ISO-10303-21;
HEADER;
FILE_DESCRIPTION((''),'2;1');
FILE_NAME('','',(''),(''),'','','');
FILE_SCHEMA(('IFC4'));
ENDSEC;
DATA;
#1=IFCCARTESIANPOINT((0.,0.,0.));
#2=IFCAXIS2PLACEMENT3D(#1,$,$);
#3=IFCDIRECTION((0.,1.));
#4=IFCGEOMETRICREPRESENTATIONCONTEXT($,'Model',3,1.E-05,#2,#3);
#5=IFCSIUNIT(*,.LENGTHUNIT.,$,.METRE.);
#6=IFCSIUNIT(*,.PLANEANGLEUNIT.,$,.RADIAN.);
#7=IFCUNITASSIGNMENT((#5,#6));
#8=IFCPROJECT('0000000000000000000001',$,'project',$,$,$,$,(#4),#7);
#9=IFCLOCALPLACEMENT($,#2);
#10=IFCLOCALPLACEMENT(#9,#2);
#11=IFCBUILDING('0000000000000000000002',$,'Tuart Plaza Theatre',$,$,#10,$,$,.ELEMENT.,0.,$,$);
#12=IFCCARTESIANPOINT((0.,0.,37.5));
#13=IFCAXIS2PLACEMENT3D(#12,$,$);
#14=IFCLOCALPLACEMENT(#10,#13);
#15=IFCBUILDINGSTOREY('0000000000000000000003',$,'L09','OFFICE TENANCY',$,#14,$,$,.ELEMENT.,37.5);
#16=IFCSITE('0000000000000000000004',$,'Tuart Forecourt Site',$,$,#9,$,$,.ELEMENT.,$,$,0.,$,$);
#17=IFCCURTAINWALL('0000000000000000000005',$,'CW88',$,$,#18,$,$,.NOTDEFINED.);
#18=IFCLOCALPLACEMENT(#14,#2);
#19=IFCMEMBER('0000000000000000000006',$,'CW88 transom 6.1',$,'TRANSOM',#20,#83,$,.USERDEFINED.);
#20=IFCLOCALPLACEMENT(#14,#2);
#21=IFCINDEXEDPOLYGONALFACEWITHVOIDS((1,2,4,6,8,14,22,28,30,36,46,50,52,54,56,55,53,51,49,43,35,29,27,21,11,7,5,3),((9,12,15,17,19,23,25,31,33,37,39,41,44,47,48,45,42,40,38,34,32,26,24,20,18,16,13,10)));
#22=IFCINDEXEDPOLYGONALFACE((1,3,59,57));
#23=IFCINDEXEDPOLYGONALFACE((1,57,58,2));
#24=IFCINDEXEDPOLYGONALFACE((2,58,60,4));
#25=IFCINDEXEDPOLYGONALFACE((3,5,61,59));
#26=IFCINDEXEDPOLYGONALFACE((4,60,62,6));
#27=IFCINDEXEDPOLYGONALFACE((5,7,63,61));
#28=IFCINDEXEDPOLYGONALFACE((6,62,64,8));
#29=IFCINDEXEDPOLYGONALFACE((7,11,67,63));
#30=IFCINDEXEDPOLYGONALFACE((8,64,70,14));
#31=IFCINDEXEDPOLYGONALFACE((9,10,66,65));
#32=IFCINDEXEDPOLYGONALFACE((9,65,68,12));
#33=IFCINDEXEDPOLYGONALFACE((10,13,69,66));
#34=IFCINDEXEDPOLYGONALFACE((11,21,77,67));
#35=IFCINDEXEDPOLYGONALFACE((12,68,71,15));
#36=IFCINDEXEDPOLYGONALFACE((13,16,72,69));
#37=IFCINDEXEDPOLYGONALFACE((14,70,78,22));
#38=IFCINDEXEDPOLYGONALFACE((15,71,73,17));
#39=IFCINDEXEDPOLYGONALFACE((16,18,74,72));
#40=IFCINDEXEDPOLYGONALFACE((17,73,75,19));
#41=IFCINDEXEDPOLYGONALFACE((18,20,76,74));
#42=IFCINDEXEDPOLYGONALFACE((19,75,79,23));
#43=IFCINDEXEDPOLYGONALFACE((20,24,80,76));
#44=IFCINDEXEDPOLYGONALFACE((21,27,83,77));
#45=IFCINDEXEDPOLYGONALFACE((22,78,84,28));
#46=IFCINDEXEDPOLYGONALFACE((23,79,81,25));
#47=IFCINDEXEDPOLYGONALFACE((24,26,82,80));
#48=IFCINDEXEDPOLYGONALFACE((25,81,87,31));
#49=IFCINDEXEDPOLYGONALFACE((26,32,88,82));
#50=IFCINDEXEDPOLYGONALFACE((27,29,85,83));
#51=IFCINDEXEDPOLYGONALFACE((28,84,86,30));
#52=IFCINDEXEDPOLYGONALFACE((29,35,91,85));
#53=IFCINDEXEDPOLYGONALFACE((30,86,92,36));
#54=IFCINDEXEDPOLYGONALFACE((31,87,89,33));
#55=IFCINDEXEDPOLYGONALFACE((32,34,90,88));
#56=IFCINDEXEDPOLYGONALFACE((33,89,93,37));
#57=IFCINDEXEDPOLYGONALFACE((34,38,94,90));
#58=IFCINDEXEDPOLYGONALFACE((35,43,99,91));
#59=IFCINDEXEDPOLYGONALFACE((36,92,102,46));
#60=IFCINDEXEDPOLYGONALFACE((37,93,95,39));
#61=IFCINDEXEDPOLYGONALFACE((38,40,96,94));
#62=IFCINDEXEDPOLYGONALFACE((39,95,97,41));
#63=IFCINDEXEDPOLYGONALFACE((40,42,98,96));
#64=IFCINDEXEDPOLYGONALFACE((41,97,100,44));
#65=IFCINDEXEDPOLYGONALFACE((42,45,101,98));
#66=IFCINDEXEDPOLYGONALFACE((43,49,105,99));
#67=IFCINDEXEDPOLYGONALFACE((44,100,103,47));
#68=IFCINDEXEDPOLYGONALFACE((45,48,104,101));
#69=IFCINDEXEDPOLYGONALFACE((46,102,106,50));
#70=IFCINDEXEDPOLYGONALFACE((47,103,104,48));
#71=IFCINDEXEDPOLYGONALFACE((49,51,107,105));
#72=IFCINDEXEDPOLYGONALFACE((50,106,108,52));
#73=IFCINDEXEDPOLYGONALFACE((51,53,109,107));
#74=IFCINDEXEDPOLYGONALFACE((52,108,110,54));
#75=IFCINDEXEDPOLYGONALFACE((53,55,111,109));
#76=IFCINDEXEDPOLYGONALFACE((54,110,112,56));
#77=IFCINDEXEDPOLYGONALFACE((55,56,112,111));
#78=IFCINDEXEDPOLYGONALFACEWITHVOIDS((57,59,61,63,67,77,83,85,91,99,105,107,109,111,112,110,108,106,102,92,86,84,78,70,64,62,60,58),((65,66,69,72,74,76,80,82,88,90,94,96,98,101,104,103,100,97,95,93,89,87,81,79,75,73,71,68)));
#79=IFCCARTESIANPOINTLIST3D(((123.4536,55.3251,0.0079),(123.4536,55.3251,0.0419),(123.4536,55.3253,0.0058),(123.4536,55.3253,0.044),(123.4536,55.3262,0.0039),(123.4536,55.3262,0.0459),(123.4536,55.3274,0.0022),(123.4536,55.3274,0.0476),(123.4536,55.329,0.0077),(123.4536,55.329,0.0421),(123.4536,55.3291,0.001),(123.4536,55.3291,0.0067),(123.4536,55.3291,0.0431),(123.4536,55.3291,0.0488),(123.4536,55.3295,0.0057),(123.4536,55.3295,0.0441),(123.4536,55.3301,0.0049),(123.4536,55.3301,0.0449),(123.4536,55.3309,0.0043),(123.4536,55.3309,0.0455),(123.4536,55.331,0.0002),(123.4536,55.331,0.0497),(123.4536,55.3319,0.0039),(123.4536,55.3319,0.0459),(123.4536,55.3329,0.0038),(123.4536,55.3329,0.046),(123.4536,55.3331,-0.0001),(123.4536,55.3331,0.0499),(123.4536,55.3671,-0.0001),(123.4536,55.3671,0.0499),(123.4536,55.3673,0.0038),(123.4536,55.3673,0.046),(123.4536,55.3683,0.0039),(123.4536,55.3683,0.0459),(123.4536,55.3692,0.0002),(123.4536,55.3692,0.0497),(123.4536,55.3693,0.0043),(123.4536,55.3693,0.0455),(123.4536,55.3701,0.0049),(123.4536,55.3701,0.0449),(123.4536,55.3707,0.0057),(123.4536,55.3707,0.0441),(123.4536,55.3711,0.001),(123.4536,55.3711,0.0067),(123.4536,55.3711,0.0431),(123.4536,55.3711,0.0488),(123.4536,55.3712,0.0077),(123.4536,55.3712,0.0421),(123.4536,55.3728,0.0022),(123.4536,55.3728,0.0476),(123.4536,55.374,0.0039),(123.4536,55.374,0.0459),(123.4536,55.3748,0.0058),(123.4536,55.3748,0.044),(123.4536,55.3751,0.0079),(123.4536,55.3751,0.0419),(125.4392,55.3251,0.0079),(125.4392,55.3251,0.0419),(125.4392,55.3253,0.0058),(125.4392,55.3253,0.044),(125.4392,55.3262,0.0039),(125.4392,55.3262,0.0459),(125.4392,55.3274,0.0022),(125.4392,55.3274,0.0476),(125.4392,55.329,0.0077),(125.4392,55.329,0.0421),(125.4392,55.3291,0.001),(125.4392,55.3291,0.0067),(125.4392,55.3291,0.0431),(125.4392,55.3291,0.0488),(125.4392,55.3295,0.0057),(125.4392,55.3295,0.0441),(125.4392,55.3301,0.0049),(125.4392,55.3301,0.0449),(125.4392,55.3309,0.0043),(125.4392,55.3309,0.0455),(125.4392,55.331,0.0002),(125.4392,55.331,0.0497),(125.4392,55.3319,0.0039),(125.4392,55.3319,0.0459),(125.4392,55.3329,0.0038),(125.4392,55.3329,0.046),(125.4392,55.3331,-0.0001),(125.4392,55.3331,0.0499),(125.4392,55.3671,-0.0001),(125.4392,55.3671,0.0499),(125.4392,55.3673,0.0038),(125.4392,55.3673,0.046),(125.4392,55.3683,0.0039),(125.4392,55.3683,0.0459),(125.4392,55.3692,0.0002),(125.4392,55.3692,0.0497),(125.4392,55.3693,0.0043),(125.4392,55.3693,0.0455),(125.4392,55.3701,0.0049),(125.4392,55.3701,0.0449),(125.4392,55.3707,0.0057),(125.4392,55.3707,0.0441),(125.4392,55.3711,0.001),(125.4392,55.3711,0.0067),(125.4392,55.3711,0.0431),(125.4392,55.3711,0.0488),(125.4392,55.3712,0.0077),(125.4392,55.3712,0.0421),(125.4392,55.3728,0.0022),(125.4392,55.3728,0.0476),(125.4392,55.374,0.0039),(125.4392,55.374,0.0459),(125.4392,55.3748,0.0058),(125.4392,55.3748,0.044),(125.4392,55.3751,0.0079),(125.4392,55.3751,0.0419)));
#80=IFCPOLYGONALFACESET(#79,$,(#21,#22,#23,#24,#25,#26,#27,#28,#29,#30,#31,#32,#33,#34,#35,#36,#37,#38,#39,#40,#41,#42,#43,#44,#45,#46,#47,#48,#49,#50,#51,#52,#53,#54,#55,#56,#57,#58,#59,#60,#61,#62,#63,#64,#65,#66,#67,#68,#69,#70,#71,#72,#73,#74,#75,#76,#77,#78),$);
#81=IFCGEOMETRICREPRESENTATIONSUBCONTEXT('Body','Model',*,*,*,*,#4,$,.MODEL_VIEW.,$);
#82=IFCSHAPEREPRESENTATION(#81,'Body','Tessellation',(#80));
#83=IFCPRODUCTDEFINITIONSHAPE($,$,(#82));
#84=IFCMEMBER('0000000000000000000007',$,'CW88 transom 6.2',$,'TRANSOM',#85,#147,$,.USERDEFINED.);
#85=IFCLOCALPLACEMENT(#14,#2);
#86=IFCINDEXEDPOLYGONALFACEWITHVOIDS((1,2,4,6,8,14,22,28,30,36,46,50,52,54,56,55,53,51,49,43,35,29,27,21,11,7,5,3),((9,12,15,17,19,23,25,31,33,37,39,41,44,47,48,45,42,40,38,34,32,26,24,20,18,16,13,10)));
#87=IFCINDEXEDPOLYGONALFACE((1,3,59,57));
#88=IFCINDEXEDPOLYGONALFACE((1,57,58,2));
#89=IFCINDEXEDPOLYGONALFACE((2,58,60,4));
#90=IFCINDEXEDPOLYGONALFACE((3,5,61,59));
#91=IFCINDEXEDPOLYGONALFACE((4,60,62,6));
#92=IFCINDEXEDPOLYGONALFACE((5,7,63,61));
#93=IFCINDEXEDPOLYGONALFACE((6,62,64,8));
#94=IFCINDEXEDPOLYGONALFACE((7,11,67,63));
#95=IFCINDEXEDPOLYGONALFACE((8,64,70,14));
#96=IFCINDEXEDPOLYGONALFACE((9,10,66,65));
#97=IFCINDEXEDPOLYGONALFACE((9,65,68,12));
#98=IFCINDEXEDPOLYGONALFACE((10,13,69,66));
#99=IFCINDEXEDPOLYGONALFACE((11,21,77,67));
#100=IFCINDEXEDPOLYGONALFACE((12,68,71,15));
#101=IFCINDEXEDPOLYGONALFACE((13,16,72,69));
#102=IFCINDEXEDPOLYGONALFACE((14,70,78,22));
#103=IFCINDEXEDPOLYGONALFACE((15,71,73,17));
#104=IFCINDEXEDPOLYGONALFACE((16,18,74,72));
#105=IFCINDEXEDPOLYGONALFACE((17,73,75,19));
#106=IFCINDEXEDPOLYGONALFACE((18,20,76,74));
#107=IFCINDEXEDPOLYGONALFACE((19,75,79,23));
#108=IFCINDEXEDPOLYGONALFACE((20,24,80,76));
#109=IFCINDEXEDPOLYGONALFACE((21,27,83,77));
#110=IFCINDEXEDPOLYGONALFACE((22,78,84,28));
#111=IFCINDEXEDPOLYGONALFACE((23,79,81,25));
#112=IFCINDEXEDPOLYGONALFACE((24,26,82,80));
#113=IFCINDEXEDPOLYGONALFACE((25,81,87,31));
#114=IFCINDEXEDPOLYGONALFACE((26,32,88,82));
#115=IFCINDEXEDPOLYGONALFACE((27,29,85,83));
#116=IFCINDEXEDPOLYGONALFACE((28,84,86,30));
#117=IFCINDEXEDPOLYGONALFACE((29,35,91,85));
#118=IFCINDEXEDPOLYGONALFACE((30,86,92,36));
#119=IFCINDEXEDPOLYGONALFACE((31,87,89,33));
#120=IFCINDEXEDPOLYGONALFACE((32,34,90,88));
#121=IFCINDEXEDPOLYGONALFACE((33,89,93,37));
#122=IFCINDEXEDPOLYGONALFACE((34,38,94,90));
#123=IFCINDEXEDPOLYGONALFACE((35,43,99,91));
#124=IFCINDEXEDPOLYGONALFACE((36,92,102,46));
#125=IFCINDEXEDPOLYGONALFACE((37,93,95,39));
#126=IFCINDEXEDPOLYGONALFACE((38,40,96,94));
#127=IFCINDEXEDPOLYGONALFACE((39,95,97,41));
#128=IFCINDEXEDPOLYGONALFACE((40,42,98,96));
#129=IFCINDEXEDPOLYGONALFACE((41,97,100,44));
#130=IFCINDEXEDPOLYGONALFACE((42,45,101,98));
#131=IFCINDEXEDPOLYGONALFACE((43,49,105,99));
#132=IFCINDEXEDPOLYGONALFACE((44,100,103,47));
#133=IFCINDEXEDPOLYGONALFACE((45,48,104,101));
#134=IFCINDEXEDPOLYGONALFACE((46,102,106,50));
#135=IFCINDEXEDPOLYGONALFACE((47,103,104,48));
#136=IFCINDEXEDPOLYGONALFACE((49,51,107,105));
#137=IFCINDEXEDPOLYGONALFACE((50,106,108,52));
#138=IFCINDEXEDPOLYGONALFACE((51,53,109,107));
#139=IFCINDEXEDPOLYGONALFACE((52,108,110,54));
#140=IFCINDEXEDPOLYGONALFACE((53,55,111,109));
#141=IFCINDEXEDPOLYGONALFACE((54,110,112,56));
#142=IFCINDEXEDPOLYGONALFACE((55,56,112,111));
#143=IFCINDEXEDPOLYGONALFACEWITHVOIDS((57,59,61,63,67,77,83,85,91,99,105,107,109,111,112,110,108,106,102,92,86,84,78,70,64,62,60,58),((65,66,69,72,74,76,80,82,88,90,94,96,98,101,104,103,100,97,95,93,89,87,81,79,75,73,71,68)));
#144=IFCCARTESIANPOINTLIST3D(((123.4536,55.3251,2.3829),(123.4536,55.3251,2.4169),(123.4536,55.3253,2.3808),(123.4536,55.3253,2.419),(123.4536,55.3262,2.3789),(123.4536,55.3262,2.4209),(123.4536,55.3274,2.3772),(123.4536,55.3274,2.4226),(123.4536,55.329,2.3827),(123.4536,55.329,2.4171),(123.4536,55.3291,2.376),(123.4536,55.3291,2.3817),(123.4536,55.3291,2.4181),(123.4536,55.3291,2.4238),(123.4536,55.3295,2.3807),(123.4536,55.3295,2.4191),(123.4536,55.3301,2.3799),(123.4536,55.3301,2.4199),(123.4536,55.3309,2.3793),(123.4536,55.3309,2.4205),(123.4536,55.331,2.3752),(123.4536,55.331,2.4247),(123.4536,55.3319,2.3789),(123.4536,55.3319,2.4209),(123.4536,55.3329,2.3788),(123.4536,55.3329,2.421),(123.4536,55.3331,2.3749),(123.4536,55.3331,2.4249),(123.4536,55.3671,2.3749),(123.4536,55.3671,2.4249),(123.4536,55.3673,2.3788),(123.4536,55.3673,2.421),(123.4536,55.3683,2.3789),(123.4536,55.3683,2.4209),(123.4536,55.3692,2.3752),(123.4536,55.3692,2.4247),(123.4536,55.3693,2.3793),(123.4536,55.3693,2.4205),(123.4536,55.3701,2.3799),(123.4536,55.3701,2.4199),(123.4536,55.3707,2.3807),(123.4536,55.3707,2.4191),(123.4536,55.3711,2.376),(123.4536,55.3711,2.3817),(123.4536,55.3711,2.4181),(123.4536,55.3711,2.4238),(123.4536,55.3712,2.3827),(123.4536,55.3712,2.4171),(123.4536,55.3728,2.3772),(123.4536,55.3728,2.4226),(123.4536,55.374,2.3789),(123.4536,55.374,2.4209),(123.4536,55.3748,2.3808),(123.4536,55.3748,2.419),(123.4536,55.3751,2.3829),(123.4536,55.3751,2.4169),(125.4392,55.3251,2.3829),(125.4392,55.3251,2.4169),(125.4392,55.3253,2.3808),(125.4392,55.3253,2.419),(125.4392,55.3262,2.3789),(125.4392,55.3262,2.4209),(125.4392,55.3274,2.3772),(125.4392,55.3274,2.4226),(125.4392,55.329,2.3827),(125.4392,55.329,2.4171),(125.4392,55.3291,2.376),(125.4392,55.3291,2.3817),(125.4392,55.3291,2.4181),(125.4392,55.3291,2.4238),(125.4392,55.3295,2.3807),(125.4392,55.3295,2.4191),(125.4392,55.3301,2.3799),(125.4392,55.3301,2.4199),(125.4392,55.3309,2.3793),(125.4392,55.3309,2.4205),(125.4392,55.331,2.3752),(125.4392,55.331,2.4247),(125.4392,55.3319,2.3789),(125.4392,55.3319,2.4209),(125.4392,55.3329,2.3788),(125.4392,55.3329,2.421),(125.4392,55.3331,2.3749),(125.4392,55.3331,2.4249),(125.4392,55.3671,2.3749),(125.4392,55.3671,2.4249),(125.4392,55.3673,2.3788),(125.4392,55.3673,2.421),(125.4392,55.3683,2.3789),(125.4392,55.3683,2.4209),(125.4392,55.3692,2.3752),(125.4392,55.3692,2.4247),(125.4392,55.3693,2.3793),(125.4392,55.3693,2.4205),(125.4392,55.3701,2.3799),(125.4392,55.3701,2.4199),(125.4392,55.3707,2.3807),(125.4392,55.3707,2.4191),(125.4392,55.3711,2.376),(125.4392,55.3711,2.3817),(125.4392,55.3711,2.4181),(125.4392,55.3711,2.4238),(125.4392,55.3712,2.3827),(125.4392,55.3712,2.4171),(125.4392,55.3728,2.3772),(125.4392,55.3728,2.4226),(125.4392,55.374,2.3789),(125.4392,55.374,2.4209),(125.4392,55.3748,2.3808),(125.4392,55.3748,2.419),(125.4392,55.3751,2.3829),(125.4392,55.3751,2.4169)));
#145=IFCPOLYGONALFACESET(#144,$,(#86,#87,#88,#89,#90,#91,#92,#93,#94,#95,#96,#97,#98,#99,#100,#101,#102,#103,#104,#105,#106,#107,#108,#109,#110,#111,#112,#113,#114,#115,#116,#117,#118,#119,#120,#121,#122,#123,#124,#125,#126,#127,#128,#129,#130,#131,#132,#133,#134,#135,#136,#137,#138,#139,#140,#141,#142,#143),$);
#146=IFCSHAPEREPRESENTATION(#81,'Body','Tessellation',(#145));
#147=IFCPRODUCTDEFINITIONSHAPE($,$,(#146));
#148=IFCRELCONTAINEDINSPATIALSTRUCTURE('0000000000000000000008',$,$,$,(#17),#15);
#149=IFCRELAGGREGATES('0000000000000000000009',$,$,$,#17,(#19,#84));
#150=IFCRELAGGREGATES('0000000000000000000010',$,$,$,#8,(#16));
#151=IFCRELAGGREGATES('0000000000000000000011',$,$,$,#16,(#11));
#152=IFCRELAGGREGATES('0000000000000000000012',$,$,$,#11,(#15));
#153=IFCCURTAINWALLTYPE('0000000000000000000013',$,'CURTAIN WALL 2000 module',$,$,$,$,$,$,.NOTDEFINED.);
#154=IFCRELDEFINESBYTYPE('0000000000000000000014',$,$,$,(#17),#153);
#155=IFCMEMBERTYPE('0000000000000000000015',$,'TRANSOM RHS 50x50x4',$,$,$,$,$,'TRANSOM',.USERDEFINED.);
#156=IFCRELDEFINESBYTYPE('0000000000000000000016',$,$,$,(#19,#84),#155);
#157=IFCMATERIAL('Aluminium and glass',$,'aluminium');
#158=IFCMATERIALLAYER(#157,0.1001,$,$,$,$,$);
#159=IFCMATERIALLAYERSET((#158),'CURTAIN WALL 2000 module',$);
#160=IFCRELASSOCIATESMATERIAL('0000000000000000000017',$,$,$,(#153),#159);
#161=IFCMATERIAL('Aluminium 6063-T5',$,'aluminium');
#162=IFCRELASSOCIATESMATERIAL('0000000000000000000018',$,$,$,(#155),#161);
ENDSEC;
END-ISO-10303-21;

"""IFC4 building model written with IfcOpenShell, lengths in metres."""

from ifc_helpers import new_model, si_unit, direction, frame, origin, origin_2d, place, context, subcontext, project, spatial, hollow_rectangle, extrude, material, layer, layer_set, material_profile, profile_set, type_object, element, aggregate, save


model = new_model("IFC4")

# Units and contexts
model_context = context("Model", 3, precision=1e-05, world=origin(), true_north=direction((0.0, 1.0)))
body_context = subcontext(model_context, "Body", "Model", "MODEL_VIEW")
ifc_project = project(units=[si_unit("LENGTHUNIT", "METRE"), si_unit("PLANEANGLEUNIT", "RADIAN")], contexts=[model_context])

# Site, building, storey
site_placement = place(None, origin())
site = spatial("IfcSite", under=ifc_project, at=site_placement, Name="Tuart Forecourt Site", CompositionType="ELEMENT", RefElevation=0.0)
building_placement = place(site_placement, origin())
building = spatial("IfcBuilding", under=site, at=building_placement, Name="Tuart Plaza Theatre", CompositionType="ELEMENT", ElevationOfRefHeight=0.0)
storey_placement = place(building_placement, frame((0.0, 0.0, 37.5)))
storey = spatial("IfcBuildingStorey", under=building, at=storey_placement, Name="L09", Description="OFFICE TENANCY", CompositionType="ELEMENT", Elevation=37.5)

# Curtain wall, members
ifc_material_1 = material(Name="Aluminium and glass", Category="aluminium")
ifc_layer_1 = layer(ifc_material_1, 0.1001)
ifc_layer_set_1 = layer_set([ifc_layer_1], Name="CURTAIN WALL 2000 module")
curtain_wall_type = type_object("IfcCurtainWallType", Name="CURTAIN WALL 2000 module", PredefinedType="NOTDEFINED", material=ifc_layer_set_1)
curtain_wall_placement = place(storey_placement, origin())
curtain_wall = element("IfcCurtainWall", 1, at=curtain_wall_placement, inside=storey, type_object=curtain_wall_type, Name="CW88", PredefinedType="NOTDEFINED")
ifc_material_2 = material(Name="Aluminium 6063-T5", Category="aluminium")
ifc_material_profile_1 = material_profile(ifc_material_2, hollow_rectangle(XDim=0.05, YDim=0.05, WallThickness=0.0039, InnerFilletRadius=0.0039, OuterFilletRadius=0.0081, at=origin_2d()), Name="RHS 50x50x4")
ifc_profile_set_1 = profile_set([ifc_material_profile_1], Name="Aluminium 6063-T5")
member_type_1 = type_object("IfcMemberType", Name="TRANSOM RHS 50x50x4", ElementType="TRANSOM", PredefinedType="USERDEFINED", material=ifc_profile_set_1)
member_1_placement = place(storey_placement, frame((123.4536, 55.3501, 0.0249), z_axis=(1.0, 0.0, 0.0), x_axis=(0.0, 1.0, 0.0)))
member_1 = element("IfcMember", 2, at=member_1_placement, type_object=member_type_1, Name="CW88 transom 6.1", ObjectType="TRANSOM", PredefinedType="USERDEFINED", context=body_context, shape_type="SweptSolid", body=[
    extrude(hollow_rectangle(XDim=0.05, YDim=0.05, WallThickness=0.0039, InnerFilletRadius=0.0039, OuterFilletRadius=0.0081, at=origin_2d()), origin(), (0.0, 0.0, 1.0), 1.9856),
])
member_2_placement = place(storey_placement, frame((123.4536, 55.3501, 2.3999), z_axis=(1.0, 0.0, 0.0), x_axis=(0.0, 1.0, 0.0)))
member_2 = element("IfcMember", 3, at=member_2_placement, type_object=member_type_1, Name="CW88 transom 6.2", ObjectType="TRANSOM", PredefinedType="USERDEFINED", context=body_context, shape_type="SweptSolid", body=[
    extrude(hollow_rectangle(XDim=0.05, YDim=0.05, WallThickness=0.0039, InnerFilletRadius=0.0039, OuterFilletRadius=0.0081, at=origin_2d()), origin(), (0.0, 0.0, 1.0), 1.9856),
])
aggregate(curtain_wall, [member_1, member_2])

save(model, "model.ifc")
